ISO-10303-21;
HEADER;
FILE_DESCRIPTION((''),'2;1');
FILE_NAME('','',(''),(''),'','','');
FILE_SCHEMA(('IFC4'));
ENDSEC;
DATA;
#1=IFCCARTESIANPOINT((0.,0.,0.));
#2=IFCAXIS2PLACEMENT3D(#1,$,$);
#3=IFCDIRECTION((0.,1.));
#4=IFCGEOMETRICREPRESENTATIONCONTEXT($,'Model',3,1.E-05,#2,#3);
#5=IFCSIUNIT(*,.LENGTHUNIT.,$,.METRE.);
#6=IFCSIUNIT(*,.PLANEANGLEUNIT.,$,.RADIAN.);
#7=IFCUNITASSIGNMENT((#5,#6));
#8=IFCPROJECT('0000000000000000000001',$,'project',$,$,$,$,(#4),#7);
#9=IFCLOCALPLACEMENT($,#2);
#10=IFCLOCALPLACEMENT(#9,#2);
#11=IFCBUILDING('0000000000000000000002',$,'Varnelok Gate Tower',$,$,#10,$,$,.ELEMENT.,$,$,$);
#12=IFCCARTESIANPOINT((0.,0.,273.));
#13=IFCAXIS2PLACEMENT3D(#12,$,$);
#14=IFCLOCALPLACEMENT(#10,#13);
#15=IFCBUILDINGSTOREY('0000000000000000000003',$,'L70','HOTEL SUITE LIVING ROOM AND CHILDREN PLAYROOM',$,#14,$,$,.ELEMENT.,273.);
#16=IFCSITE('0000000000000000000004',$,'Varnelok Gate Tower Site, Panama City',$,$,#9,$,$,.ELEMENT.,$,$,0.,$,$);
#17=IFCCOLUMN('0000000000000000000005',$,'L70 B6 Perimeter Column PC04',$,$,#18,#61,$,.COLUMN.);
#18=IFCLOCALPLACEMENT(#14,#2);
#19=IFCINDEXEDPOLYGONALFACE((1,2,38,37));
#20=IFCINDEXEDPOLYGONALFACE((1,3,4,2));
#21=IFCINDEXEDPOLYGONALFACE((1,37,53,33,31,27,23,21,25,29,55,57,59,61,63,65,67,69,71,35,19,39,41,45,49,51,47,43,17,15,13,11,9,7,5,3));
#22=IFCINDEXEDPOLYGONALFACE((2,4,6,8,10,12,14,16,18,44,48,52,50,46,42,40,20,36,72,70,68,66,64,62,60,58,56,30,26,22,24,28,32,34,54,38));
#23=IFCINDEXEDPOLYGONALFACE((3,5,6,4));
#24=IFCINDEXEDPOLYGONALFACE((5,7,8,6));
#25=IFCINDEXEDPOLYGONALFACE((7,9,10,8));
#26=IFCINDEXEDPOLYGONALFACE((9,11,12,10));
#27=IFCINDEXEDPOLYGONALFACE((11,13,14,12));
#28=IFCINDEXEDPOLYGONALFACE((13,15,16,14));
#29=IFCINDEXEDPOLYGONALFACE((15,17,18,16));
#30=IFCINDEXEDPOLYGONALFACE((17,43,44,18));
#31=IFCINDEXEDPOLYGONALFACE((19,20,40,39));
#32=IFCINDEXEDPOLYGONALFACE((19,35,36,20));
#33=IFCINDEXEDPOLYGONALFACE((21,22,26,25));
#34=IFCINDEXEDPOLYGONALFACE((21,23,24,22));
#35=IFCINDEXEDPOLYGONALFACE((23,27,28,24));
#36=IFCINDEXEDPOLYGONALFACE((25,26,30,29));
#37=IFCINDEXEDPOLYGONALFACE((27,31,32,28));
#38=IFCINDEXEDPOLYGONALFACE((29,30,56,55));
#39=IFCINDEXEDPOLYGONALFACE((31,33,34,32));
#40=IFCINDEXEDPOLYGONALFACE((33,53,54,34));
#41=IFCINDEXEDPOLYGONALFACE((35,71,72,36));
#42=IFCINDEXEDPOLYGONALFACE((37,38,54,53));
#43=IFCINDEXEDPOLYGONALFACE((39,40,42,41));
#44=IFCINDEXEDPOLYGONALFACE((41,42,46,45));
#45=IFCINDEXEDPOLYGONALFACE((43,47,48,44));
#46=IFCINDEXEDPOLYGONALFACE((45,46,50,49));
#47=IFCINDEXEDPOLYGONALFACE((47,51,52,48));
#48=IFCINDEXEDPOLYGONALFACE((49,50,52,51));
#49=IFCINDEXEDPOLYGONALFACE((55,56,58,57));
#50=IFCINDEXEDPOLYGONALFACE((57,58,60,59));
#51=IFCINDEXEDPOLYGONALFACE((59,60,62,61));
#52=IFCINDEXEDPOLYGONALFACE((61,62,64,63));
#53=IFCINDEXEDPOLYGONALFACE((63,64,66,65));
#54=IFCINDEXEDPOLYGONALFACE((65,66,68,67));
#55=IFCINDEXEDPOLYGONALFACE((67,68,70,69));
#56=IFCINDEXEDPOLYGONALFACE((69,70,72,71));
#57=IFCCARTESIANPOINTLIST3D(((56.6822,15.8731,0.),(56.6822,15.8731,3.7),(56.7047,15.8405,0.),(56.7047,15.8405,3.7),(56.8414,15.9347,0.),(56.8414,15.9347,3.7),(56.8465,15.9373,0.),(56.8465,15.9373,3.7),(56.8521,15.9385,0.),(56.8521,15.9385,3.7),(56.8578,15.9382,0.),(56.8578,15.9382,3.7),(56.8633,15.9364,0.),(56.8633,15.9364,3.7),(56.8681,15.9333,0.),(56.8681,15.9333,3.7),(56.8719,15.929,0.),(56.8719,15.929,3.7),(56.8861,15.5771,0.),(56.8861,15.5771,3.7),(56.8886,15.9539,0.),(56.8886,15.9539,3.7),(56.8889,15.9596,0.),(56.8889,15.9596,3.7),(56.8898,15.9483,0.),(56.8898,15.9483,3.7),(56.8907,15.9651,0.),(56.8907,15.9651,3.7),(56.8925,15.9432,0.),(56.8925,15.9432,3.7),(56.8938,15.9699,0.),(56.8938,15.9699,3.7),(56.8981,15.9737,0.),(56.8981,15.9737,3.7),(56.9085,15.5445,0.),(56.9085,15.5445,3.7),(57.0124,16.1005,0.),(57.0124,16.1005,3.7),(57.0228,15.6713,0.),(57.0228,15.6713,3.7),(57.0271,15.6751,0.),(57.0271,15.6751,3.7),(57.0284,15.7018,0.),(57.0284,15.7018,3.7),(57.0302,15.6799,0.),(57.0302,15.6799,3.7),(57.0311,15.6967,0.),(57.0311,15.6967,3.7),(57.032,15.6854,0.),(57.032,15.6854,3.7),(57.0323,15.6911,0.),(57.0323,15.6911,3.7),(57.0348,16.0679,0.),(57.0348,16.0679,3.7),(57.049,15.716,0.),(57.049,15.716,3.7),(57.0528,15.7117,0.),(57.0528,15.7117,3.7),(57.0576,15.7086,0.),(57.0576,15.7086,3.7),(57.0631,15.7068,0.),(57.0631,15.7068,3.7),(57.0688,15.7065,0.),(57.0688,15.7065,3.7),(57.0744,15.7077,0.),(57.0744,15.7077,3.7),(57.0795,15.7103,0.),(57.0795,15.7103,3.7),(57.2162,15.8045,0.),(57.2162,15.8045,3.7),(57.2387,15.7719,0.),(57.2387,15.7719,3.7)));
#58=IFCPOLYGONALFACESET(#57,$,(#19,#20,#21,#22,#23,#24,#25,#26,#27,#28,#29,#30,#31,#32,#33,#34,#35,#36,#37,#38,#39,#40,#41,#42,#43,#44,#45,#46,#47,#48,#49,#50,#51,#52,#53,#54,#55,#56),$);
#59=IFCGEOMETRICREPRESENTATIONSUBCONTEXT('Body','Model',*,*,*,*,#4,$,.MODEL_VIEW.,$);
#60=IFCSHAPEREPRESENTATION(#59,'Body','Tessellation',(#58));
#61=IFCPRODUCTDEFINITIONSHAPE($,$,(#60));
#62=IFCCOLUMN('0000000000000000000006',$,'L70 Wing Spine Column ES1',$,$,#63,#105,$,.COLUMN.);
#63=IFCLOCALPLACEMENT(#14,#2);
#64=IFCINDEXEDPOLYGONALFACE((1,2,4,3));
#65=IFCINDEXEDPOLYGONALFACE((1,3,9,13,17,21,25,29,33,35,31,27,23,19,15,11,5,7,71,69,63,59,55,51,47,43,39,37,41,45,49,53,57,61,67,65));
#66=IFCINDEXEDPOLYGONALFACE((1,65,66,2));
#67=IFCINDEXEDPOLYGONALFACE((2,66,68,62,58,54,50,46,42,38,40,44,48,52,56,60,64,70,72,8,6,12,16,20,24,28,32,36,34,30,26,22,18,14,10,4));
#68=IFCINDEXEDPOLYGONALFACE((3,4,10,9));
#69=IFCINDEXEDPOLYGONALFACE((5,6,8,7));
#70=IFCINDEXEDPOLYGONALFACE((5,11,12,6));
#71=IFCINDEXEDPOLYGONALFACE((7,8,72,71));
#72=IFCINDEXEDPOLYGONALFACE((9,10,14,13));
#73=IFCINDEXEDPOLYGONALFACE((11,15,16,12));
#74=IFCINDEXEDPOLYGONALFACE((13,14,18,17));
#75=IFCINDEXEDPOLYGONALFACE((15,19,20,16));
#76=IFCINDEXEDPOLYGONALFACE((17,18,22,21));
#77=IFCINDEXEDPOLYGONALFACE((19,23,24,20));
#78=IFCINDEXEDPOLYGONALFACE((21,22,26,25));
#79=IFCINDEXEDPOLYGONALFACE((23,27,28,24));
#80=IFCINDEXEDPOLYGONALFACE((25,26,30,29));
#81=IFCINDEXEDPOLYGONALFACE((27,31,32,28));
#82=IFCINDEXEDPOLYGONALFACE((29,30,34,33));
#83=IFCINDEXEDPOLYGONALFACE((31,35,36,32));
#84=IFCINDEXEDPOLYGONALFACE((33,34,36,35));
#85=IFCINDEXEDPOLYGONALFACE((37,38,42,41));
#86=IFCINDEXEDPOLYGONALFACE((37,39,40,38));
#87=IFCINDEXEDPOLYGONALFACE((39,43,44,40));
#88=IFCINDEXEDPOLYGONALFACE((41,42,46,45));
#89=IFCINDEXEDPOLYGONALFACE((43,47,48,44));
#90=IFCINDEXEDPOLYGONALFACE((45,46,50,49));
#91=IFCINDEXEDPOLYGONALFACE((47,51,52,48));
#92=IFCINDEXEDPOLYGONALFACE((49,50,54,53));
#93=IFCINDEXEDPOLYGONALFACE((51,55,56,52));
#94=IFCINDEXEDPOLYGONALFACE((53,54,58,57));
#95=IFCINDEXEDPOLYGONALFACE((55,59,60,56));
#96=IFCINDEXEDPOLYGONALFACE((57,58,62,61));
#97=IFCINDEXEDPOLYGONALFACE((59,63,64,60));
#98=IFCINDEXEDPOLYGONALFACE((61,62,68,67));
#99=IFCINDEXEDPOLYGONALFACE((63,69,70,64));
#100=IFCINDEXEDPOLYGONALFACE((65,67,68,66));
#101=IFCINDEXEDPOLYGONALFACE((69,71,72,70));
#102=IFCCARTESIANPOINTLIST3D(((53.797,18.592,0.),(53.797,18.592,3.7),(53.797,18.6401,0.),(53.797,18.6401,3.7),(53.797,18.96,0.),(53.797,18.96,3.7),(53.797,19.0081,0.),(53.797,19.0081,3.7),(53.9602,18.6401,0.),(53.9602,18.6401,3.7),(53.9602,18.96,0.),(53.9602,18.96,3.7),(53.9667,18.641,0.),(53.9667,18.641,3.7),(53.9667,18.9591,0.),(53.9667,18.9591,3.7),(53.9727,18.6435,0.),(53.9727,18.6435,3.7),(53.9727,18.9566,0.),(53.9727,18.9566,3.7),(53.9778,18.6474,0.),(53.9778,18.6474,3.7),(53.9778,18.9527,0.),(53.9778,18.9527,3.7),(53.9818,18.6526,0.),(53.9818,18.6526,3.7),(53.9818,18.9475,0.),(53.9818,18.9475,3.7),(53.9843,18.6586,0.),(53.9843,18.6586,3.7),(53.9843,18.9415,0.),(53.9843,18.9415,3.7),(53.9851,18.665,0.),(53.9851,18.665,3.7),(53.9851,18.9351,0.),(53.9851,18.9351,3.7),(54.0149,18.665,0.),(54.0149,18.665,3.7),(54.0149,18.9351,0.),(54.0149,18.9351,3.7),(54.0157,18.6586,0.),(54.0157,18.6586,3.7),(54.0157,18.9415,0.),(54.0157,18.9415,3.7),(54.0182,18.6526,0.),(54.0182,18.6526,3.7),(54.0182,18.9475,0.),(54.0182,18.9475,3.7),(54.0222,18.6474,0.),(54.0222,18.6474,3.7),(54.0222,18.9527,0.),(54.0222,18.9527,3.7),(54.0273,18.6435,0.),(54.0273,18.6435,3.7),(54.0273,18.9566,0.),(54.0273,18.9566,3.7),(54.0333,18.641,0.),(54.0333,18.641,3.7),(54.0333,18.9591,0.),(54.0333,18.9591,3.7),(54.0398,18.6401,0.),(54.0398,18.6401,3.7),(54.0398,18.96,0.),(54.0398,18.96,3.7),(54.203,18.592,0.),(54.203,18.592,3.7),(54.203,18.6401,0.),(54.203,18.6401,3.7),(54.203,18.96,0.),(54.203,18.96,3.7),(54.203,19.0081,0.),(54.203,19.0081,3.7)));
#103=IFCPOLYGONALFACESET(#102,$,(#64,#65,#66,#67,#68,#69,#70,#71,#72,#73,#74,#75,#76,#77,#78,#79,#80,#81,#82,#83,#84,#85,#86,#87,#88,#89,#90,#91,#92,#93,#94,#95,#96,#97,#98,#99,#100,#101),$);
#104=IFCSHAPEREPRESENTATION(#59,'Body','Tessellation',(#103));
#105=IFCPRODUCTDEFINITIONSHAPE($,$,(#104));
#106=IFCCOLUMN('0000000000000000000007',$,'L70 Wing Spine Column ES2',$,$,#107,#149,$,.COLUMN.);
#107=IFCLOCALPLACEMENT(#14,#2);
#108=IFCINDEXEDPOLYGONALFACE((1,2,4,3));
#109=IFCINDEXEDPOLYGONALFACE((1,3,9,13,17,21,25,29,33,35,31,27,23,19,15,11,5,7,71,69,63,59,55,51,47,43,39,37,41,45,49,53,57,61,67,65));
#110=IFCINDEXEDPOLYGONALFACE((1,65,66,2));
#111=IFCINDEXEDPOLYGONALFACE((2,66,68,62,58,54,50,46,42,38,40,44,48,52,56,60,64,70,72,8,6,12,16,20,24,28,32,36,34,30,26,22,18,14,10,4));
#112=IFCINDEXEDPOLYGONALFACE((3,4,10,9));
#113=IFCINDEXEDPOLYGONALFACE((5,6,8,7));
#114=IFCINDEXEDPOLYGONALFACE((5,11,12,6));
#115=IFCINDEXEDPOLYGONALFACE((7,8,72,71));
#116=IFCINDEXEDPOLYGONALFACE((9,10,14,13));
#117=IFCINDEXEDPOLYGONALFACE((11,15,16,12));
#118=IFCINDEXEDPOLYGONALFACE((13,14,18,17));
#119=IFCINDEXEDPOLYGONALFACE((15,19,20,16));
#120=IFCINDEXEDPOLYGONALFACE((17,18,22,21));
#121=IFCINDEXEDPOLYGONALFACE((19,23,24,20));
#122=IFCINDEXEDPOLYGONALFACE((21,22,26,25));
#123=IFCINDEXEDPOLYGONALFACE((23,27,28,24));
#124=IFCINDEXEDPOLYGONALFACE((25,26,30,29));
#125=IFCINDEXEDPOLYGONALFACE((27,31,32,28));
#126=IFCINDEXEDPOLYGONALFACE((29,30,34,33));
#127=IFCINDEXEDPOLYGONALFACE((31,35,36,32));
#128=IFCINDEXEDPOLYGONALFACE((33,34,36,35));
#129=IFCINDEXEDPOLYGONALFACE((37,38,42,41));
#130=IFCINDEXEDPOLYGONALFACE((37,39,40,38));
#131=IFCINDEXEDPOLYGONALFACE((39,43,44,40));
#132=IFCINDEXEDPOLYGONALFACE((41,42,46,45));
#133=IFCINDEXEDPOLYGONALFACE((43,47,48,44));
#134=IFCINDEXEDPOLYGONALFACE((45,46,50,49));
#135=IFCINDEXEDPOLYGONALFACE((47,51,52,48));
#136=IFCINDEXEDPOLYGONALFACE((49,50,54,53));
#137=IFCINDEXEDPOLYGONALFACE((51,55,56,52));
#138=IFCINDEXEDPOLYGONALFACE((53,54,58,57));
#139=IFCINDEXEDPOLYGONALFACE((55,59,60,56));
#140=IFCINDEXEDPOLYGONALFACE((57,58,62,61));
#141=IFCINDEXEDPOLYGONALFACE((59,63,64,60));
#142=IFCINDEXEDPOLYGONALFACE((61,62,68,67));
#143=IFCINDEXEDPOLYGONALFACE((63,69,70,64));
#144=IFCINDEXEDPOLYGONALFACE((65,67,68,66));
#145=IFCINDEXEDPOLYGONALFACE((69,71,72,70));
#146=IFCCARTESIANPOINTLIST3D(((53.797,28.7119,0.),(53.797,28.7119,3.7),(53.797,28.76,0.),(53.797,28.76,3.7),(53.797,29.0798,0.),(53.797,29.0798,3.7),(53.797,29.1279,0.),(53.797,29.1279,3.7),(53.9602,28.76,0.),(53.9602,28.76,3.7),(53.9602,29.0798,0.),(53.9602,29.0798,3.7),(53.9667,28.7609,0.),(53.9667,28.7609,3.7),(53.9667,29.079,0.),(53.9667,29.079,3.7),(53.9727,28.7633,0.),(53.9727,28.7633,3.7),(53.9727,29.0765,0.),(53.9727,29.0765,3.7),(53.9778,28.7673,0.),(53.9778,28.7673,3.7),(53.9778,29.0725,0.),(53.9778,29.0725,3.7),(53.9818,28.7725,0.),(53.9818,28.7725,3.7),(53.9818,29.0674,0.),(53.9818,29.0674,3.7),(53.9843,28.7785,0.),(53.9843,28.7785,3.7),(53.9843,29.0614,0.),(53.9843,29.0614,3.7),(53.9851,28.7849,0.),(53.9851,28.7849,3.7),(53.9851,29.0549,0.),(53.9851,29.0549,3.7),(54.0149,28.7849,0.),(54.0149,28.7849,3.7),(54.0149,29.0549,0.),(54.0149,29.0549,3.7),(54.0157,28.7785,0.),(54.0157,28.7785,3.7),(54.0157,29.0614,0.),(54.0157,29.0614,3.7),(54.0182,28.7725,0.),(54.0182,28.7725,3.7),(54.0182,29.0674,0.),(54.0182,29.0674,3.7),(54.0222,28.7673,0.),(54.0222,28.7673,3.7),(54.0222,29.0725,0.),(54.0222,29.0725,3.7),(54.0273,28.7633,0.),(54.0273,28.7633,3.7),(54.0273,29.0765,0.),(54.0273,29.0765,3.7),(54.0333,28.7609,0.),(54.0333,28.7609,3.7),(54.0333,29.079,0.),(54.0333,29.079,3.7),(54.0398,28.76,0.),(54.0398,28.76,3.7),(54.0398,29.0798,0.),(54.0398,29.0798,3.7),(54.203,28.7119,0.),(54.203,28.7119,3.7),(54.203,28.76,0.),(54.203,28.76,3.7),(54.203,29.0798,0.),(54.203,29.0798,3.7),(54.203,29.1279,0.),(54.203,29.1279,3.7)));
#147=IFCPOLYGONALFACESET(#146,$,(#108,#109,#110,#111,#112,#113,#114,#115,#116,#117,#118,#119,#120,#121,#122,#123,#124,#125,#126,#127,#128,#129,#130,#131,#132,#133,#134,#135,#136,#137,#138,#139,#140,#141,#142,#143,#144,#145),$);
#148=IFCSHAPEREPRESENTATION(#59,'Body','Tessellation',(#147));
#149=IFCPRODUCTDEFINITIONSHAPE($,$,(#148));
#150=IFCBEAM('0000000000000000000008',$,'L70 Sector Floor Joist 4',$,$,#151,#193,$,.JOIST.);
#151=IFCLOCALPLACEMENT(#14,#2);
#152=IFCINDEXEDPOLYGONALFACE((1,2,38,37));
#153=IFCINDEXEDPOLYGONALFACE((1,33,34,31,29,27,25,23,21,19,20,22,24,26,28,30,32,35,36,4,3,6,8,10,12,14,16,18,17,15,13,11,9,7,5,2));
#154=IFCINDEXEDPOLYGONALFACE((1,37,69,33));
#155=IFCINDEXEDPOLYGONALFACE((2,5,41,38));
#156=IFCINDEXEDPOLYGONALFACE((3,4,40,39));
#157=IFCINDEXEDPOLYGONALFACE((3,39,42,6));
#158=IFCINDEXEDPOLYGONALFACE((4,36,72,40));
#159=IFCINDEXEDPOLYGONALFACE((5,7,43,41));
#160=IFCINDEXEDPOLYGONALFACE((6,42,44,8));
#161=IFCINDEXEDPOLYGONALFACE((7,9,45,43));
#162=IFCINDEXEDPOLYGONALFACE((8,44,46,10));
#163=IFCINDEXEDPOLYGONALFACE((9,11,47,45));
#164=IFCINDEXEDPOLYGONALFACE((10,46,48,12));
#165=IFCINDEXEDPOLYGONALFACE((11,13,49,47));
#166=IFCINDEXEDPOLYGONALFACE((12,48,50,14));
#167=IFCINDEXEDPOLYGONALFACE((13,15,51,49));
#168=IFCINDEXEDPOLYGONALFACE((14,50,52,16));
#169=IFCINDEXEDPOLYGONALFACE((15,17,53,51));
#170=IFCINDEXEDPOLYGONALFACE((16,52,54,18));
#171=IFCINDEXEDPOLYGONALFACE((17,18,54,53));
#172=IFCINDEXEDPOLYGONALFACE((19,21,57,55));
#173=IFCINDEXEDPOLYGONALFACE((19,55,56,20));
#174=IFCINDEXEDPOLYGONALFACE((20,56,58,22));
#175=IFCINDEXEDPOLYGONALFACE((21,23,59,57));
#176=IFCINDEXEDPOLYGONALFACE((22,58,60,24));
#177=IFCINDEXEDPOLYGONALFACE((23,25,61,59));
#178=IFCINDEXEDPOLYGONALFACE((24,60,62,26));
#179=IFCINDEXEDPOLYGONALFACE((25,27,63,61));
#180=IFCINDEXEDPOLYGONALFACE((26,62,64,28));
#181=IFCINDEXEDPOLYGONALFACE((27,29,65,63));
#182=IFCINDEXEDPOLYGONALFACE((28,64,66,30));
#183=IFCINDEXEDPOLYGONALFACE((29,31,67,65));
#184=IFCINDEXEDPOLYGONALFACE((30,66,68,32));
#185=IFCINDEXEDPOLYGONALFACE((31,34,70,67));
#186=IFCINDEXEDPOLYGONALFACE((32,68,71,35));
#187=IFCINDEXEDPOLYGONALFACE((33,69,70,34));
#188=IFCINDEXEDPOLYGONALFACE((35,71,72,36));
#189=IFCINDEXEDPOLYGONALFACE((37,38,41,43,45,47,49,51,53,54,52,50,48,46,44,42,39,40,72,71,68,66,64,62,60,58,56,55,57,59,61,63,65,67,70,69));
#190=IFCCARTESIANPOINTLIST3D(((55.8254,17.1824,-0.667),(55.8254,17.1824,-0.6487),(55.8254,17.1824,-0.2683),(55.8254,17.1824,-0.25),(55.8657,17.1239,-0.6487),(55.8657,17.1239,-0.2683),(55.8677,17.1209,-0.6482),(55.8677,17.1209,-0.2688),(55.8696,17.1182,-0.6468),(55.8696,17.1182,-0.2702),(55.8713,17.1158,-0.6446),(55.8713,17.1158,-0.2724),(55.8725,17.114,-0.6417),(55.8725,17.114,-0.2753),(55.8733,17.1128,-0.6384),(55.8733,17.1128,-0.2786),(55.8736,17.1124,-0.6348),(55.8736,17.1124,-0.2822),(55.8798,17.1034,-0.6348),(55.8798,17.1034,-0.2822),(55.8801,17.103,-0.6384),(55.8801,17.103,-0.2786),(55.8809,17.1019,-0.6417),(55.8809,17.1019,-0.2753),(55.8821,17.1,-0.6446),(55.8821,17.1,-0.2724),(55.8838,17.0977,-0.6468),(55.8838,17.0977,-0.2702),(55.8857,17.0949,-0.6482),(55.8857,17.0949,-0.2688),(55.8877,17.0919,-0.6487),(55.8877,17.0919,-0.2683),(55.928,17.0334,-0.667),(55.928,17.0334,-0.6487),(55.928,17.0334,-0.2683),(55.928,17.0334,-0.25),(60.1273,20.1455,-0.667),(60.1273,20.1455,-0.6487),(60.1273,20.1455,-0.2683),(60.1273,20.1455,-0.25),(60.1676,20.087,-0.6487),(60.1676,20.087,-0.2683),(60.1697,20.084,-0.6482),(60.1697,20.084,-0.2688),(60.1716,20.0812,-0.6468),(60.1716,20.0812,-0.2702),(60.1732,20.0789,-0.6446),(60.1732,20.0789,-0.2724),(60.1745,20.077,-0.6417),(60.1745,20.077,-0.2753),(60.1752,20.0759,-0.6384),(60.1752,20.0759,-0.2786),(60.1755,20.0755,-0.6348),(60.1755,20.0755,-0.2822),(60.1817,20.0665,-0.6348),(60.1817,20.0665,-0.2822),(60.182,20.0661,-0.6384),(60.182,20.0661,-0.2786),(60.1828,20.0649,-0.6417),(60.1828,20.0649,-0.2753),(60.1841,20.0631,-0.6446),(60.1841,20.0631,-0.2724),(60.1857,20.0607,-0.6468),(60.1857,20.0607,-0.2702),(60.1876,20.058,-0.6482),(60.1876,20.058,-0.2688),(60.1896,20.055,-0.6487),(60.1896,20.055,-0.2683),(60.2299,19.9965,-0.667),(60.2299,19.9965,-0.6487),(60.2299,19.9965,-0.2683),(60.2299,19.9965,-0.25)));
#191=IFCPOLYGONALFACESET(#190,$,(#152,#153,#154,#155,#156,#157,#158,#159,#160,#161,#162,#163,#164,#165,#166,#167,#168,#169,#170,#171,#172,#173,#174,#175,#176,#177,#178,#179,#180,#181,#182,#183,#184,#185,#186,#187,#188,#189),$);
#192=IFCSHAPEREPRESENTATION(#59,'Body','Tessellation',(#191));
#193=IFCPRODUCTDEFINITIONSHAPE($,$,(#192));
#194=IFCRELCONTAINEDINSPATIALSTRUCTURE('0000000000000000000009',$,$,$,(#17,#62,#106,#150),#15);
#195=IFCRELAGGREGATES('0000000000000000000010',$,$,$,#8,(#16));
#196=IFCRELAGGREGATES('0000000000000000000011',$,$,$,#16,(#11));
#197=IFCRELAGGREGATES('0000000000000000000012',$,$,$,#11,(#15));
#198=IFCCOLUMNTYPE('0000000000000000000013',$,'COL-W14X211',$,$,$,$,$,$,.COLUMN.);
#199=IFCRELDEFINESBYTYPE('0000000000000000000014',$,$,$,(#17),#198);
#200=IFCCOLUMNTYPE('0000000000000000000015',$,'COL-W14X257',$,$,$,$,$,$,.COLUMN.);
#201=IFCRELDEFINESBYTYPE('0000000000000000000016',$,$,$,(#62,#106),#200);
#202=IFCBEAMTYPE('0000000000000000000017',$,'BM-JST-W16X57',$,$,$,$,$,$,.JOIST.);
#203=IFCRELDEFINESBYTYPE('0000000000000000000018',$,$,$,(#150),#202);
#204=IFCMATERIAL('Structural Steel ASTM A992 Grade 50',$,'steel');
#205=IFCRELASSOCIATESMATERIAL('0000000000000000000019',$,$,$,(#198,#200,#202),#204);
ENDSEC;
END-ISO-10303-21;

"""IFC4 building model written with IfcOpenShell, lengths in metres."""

from ifc_helpers import new_model, si_unit, direction, frame, origin, origin_2d, place, context, subcontext, project, spatial, i_section, extrude, material, material_profile, profile_set, type_object, element, save


model = new_model("IFC4")

# Units and contexts
model_context = context("Model", 3, precision=1e-05, world=origin(), true_north=direction((0.0, 1.0)))
body_context = subcontext(model_context, "Body", "Model", "MODEL_VIEW")
ifc_project = project(units=[si_unit("LENGTHUNIT", "METRE"), si_unit("PLANEANGLEUNIT", "RADIAN")], contexts=[model_context])

# Site, building, storey
site_placement = place(None, origin())
site = spatial("IfcSite", under=ifc_project, at=site_placement, Name="Varnelok Gate Tower Site, Panama City", CompositionType="ELEMENT", RefElevation=0.0)
building_placement = place(site_placement, origin())
building = spatial("IfcBuilding", under=site, at=building_placement, Name="Varnelok Gate Tower", CompositionType="ELEMENT")
storey_placement = place(building_placement, frame((0.0, 0.0, 273.0)))
storey = spatial("IfcBuildingStorey", under=building, at=storey_placement, Name="L70", Description="HOTEL SUITE LIVING ROOM AND CHILDREN PLAYROOM", CompositionType="ELEMENT", Elevation=273.0)

# Columns
ifc_material_1 = material(Name="Structural Steel ASTM A992 Grade 50", Category="steel")
ifc_material_profile_1 = material_profile(ifc_material_1, i_section(OverallWidth=0.4009, OverallDepth=0.3989, WebThickness=0.0249, FlangeThickness=0.0396, FilletRadius=0.022, at=origin_2d()), Name="W14X211")
ifc_profile_set_1 = profile_set([ifc_material_profile_1], Name="Structural Steel ASTM A992 Grade 50")
column_type_1 = type_object("IfcColumnType", Name="COL-W14X211", PredefinedType="COLUMN", material=ifc_profile_set_1)
column_placement = place(storey_placement, frame((56.9604, 15.8225, 0.0), z_axis=(0.0, 0.0, 1.0), x_axis=(0.823533, 0.567269, 0.0)))
element("IfcColumn", 1, at=column_placement, inside=storey, type_object=column_type_1, Name="L70 B6 Perimeter Column PC04", PredefinedType="COLUMN", context=body_context, shape_type="SweptSolid", body=[
    extrude(i_section(OverallWidth=0.4009, OverallDepth=0.3989, WebThickness=0.0249, FlangeThickness=0.0396, FilletRadius=0.022, at=origin_2d()), origin(), (0.0, 0.0, 1.0), 3.7),
])
ifc_material_profile_2 = material_profile(ifc_material_1, i_section(OverallWidth=0.406, OverallDepth=0.416, WebThickness=0.0298, FlangeThickness=0.0481, FilletRadius=0.0249, at=origin_2d()), Name="W14X257")
ifc_profile_set_2 = profile_set([ifc_material_profile_2], Name="Structural Steel ASTM A992 Grade 50")
column_type_2 = type_object("IfcColumnType", Name="COL-W14X257", PredefinedType="COLUMN", material=ifc_profile_set_2)
for number, where, z_axis, x_axis, name in (
    (2, (54.0, 18.8, 0.0), (0.0, 0.0, 1.0), (1.0, 0.0, 0.0), "L70 Wing Spine Column ES1"),
    (3, (54.0, 28.9199, 0.0), (0.0, 0.0, 1.0), (1.0, 0.0, 0.0), "L70 Wing Spine Column ES2"),
):
    element("IfcColumn", number, at=place(storey_placement, frame(where, z_axis=z_axis, x_axis=x_axis)), inside=storey, type_object=column_type_2, Name=name, PredefinedType="COLUMN", context=body_context, shape_type="SweptSolid", body=[
        extrude(i_section(OverallWidth=0.406, OverallDepth=0.416, WebThickness=0.0298, FlangeThickness=0.0481, FilletRadius=0.0249, at=origin_2d()), origin(), (0.0, 0.0, 1.0), 3.7),
    ])

# Beam
ifc_material_profile_3 = material_profile(ifc_material_1, i_section(OverallWidth=0.1809, OverallDepth=0.417, WebThickness=0.011, FlangeThickness=0.0183, FilletRadius=0.0139, at=origin_2d()), Name="W16X57")
ifc_profile_set_3 = profile_set([ifc_material_profile_3], Name="Structural Steel ASTM A992 Grade 50")
beam_type_1 = type_object("IfcBeamType", Name="BM-JST-W16X57", PredefinedType="JOIST", material=ifc_profile_set_3)
beam_1_placement = place(storey_placement, frame((55.8767, 17.1079, -0.4585), z_axis=(0.823549, 0.567245, 0.0), x_axis=(-0.567245, 0.823549, 0.0)))
element("IfcBeam", 4, at=beam_1_placement, inside=storey, type_object=beam_type_1, Name="L70 Sector Floor Joist 4", PredefinedType="JOIST", context=body_context, shape_type="SweptSolid", body=[
    extrude(i_section(OverallWidth=0.1809, OverallDepth=0.417, WebThickness=0.011, FlangeThickness=0.0183, FilletRadius=0.0139, at=origin_2d()), origin(), (0.0, 0.0, 1.0), 5.2236),
])

save(model, "model.ifc")
